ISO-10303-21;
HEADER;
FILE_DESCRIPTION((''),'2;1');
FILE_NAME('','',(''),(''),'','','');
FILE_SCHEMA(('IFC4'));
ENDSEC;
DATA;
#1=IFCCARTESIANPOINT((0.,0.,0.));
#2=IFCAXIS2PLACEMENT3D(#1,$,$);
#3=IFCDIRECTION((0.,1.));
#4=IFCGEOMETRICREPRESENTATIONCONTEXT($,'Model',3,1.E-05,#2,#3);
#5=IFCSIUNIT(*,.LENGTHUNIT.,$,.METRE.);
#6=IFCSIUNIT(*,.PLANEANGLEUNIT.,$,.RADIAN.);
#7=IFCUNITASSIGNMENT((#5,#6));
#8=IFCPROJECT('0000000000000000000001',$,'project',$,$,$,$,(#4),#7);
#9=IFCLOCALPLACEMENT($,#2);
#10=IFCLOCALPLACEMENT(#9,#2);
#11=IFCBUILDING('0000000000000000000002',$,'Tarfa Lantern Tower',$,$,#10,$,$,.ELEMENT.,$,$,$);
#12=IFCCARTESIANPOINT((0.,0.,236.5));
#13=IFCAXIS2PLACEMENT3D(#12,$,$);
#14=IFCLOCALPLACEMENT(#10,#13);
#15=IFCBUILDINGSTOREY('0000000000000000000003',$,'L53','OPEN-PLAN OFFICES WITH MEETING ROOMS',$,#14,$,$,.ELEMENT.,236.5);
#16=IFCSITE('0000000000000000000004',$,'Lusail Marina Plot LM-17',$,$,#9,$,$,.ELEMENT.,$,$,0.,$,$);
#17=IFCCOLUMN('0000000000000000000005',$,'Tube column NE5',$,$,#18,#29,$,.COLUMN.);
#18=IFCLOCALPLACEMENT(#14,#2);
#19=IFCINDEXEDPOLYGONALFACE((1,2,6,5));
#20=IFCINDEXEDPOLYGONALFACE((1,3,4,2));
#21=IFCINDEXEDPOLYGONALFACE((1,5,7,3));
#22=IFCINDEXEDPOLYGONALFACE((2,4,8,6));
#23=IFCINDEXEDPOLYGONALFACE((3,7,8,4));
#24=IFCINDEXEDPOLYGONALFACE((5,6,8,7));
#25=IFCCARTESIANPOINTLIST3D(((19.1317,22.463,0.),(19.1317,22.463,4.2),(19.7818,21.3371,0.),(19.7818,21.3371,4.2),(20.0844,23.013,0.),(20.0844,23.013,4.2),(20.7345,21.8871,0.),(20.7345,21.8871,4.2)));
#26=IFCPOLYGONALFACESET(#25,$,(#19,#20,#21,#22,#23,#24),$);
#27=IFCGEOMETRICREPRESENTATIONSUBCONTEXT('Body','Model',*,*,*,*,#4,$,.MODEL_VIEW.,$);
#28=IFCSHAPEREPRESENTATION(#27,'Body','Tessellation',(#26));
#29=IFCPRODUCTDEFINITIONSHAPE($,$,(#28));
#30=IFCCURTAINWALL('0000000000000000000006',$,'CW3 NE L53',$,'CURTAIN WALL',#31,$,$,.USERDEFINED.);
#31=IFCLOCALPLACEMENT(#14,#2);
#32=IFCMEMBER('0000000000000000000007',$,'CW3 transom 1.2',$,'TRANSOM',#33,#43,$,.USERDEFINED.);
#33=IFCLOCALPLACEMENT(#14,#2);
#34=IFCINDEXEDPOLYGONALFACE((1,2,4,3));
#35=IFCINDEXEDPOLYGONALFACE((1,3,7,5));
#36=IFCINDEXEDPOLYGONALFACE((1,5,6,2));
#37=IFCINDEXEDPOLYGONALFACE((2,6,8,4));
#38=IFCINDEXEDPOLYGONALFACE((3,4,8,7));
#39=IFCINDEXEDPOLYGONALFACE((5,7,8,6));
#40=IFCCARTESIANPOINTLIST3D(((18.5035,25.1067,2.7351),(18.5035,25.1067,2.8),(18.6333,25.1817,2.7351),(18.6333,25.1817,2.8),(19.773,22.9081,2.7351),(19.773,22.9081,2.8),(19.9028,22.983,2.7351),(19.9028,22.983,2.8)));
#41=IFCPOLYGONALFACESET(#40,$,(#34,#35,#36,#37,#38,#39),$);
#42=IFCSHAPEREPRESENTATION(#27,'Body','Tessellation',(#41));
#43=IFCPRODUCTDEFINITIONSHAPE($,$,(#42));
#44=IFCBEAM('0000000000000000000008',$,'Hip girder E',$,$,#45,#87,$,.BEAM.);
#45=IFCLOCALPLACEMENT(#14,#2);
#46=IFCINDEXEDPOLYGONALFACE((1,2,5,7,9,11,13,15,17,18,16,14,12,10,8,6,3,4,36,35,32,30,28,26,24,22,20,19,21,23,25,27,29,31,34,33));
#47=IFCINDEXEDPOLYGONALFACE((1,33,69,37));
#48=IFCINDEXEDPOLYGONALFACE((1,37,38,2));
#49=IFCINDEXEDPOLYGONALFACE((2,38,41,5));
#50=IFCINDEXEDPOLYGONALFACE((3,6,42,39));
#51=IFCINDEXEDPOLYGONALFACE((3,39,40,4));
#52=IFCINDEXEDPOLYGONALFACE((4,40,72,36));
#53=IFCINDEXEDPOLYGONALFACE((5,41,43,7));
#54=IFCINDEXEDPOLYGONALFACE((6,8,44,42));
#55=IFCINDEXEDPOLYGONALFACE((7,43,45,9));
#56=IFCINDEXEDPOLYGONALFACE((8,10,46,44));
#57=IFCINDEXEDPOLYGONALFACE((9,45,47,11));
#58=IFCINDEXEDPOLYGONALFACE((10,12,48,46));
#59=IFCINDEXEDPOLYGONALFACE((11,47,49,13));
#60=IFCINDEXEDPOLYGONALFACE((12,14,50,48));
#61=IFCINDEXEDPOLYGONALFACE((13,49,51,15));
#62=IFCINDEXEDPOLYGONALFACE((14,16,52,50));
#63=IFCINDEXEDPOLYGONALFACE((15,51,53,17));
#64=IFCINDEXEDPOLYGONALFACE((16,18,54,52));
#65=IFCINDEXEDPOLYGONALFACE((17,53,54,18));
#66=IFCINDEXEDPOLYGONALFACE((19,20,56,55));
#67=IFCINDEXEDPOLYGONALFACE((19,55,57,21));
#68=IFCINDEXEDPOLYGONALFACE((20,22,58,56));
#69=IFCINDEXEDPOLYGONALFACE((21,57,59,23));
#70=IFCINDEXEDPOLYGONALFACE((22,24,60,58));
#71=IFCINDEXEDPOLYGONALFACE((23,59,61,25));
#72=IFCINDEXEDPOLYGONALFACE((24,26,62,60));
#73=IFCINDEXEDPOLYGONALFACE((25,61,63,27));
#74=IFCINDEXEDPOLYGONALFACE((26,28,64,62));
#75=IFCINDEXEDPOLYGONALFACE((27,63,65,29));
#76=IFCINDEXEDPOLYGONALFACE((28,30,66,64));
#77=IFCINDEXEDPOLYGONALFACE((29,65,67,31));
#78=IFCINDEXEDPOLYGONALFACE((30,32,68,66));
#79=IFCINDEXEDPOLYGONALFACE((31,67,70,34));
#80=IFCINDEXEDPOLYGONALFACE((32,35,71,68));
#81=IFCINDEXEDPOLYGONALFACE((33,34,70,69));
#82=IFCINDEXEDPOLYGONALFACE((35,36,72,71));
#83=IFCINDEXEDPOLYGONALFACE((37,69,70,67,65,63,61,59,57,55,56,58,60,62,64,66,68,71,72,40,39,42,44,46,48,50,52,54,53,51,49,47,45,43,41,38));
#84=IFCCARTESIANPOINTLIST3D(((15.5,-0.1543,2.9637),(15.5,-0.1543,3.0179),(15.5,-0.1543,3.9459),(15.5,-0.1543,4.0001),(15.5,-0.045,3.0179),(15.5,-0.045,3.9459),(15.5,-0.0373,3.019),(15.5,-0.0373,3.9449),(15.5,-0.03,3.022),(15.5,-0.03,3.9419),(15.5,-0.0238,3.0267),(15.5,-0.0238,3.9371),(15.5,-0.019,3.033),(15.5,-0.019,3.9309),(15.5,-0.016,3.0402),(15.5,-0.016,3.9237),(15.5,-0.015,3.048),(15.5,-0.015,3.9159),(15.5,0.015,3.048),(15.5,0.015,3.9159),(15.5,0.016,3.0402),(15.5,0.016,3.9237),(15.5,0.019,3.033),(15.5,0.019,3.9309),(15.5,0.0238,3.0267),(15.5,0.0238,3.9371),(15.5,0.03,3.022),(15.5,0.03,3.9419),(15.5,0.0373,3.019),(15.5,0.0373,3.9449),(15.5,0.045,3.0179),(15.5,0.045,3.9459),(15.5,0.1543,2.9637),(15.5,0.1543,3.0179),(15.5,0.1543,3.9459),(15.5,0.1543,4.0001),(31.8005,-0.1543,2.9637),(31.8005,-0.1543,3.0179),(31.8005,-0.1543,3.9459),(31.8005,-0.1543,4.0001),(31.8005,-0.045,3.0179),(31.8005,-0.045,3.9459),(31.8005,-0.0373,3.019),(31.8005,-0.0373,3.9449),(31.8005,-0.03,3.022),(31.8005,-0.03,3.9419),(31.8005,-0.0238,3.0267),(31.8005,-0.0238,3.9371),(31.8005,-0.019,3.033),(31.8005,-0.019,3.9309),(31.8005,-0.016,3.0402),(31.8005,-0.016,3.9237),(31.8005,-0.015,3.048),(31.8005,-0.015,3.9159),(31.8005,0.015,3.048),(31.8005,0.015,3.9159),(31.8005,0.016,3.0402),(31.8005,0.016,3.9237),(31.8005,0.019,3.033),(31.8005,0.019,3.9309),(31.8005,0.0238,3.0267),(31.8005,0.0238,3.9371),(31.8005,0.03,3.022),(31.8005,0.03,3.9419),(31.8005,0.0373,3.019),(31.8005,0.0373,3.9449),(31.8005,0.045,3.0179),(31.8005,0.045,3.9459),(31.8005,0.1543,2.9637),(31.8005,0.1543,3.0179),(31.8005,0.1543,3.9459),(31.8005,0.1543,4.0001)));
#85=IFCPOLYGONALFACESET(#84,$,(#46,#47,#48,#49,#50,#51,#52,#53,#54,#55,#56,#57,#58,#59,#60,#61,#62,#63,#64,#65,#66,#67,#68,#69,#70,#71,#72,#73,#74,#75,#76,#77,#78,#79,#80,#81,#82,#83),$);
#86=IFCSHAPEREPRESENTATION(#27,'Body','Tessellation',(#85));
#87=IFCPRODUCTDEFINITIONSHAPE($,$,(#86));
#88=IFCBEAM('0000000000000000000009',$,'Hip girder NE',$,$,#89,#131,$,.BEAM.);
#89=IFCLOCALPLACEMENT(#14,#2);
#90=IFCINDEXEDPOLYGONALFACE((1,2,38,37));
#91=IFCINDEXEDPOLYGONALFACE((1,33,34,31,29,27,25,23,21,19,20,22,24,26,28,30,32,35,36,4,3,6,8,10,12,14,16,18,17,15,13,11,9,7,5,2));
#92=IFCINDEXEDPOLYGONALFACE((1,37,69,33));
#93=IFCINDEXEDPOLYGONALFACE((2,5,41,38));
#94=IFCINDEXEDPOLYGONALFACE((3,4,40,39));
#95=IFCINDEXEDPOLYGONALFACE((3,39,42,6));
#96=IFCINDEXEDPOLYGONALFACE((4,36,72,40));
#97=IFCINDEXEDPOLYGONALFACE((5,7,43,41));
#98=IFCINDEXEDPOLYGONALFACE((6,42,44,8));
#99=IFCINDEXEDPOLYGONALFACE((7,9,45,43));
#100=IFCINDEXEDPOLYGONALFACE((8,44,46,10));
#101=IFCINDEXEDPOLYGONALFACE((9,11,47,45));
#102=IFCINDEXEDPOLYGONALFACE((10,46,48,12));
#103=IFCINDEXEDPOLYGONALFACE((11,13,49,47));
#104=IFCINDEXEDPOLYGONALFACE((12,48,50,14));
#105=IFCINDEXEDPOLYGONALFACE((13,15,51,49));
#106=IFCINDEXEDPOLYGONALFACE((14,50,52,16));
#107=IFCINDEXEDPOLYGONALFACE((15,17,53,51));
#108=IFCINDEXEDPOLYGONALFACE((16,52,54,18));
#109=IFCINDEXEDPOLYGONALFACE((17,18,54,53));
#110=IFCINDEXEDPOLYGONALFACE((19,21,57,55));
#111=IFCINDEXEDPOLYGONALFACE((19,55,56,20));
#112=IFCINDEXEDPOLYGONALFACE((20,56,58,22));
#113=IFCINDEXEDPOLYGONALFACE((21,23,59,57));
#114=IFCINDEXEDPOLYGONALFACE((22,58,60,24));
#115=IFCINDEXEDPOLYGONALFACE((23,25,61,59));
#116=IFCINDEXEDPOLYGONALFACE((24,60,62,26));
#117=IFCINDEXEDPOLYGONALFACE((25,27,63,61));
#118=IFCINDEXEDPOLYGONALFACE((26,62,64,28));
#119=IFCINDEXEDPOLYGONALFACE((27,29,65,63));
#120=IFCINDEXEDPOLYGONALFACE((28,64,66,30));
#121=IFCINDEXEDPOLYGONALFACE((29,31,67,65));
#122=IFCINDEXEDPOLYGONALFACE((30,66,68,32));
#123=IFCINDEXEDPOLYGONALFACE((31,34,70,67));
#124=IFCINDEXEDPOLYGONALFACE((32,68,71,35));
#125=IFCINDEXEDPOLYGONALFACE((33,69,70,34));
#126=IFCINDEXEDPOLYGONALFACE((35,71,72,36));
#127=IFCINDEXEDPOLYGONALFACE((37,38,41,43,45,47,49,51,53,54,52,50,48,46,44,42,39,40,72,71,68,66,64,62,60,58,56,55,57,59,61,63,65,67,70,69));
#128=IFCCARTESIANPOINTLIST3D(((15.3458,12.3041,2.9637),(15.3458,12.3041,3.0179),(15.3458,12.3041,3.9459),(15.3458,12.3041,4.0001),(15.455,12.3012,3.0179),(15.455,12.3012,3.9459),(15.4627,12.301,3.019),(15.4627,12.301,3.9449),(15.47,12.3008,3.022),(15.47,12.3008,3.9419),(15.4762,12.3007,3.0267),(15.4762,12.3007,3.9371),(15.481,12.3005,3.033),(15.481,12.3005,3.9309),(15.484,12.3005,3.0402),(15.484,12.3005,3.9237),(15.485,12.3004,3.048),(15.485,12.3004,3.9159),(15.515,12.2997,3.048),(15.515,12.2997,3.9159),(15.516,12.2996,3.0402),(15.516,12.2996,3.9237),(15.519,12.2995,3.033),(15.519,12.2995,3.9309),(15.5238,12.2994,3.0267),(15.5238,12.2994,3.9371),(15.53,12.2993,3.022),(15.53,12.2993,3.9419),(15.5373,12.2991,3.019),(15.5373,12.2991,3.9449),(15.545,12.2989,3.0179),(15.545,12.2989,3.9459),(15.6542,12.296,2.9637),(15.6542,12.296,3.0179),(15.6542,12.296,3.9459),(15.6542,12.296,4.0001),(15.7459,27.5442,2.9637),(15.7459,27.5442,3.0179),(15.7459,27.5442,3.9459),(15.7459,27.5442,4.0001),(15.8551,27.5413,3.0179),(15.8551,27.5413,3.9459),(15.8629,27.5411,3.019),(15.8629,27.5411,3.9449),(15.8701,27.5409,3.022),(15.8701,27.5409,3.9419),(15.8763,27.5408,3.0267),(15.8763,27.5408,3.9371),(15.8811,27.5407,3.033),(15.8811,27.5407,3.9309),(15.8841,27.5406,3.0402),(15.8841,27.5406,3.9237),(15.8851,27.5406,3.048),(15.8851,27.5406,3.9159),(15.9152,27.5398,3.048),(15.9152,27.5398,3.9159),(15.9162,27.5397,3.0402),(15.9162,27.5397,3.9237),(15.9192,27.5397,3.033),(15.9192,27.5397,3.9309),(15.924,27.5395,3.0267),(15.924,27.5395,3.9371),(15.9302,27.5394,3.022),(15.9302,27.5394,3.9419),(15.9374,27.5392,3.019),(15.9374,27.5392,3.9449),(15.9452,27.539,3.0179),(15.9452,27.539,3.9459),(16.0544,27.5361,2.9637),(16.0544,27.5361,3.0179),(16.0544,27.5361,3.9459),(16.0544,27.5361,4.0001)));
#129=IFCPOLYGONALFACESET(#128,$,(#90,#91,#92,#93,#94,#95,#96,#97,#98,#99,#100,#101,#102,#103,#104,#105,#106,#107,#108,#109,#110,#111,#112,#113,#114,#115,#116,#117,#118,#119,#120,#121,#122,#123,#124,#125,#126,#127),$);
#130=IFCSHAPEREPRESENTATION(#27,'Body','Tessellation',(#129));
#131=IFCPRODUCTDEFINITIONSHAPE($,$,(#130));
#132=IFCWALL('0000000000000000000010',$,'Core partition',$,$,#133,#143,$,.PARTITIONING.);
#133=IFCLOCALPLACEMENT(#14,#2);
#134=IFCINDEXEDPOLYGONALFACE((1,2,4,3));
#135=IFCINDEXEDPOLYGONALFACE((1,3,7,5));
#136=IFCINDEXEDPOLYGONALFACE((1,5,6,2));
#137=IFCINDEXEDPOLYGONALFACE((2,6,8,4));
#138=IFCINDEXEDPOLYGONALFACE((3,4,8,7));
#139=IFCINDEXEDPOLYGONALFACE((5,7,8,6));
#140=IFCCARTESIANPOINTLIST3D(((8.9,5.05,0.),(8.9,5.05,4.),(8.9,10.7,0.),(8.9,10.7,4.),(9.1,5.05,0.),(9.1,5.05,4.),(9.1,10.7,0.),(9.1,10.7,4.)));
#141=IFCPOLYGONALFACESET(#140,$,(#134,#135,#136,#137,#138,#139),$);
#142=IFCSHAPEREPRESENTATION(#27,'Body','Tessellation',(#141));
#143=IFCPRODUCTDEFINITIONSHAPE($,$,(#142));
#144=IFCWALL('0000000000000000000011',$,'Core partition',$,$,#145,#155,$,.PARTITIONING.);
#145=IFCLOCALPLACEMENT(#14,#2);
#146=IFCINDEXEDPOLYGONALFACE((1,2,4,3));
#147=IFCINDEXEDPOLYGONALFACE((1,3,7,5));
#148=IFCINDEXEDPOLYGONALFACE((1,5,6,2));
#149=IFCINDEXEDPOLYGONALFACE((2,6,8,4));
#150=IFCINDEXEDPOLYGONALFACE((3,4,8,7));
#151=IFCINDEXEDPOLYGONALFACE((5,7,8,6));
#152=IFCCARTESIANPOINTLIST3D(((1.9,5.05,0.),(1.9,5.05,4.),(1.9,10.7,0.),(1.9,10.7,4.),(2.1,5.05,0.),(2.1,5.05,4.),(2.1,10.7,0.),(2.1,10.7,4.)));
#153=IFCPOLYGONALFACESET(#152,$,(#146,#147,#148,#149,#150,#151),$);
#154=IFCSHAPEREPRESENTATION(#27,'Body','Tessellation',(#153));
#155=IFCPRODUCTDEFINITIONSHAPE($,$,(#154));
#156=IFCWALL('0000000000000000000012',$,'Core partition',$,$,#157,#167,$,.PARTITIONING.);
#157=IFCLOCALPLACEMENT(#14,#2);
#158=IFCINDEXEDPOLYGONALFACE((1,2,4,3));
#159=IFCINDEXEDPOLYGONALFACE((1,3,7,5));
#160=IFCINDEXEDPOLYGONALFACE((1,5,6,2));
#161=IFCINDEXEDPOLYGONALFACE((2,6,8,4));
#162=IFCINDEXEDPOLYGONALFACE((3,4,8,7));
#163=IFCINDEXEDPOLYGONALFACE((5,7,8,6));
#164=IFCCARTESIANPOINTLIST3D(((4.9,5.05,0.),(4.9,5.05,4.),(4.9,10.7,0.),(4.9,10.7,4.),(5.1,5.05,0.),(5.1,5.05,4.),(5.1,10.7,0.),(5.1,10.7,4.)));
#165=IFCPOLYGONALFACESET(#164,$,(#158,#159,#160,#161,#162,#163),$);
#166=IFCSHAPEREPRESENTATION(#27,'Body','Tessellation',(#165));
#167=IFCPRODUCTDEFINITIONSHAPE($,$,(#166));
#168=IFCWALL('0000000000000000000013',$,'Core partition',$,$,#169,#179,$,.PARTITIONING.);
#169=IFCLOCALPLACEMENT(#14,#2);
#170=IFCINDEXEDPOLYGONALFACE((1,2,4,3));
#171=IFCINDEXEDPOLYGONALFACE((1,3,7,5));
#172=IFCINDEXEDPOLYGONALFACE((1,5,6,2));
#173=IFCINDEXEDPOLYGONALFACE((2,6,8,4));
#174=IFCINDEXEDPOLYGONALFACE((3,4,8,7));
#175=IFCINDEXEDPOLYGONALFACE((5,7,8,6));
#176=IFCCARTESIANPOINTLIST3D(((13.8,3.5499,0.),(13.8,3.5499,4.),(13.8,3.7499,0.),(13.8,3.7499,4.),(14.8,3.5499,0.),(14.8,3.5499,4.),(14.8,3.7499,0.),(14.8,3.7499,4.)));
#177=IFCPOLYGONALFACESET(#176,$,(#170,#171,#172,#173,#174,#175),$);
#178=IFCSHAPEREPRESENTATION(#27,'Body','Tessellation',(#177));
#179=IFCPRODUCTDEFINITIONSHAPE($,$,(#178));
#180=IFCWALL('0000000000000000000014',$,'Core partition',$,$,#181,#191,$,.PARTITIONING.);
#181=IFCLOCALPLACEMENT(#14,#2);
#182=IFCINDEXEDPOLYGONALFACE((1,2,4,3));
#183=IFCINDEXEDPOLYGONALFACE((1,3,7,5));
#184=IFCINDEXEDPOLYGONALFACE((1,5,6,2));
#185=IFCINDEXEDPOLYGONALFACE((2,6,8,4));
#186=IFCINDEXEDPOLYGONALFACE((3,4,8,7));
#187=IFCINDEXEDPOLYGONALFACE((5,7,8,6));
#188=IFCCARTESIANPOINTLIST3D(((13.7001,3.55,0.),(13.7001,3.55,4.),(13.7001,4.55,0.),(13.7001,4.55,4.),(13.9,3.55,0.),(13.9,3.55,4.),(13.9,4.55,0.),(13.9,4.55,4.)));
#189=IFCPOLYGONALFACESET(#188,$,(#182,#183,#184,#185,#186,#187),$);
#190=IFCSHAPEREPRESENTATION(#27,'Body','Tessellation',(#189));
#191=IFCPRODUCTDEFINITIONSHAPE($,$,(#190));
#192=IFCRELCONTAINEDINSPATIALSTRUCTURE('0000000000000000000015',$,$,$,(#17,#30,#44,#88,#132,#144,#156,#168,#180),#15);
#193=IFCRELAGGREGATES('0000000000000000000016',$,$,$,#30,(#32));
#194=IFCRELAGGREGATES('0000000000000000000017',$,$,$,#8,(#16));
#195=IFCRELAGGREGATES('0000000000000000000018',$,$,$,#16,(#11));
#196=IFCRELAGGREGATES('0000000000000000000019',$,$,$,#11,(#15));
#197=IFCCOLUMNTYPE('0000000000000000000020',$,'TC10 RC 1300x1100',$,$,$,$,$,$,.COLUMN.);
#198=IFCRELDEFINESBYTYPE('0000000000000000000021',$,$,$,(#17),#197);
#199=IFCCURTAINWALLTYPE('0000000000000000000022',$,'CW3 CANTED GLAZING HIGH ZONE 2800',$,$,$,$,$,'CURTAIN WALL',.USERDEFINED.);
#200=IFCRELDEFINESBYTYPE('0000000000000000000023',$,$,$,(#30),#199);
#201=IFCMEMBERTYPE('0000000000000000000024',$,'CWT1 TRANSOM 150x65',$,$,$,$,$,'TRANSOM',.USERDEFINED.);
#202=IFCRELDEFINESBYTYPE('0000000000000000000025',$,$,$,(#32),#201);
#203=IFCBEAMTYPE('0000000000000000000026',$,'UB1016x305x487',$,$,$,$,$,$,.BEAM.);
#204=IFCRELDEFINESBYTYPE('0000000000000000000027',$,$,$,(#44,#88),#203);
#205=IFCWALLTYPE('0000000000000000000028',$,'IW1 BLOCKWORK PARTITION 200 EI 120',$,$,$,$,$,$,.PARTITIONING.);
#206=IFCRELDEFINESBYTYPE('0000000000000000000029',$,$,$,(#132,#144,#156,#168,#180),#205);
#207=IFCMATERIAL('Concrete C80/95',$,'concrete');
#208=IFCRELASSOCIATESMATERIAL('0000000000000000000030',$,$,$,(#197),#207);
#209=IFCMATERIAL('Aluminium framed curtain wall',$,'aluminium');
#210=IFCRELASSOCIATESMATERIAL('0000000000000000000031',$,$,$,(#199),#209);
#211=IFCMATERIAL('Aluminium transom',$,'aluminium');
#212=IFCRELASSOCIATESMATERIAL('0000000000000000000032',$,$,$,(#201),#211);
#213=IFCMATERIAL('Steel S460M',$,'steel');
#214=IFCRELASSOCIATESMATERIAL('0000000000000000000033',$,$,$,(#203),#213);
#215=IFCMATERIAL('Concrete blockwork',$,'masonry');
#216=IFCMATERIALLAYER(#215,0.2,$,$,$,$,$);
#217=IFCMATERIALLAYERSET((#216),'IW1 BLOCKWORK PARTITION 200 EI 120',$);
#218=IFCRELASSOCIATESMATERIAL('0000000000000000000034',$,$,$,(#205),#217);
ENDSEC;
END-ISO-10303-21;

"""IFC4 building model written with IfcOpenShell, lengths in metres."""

from ifc_helpers import new_model, si_unit, direction, frame, frame_2d, origin, origin_2d, place, context, subcontext, project, spatial, rectangle, i_section, extrude, material, layer, layer_set, material_profile, profile_set, type_object, element, aggregate, save


model = new_model("IFC4")

# Units and contexts
model_context = context("Model", 3, precision=1e-05, world=origin(), true_north=direction((0.0, 1.0)))
body_context = subcontext(model_context, "Body", "Model", "MODEL_VIEW")
ifc_project = project(units=[si_unit("LENGTHUNIT", "METRE"), si_unit("PLANEANGLEUNIT", "RADIAN")], contexts=[model_context])

# Site, building, storey
site_placement = place(None, origin())
site = spatial("IfcSite", under=ifc_project, at=site_placement, Name="Lusail Marina Plot LM-17", CompositionType="ELEMENT", RefElevation=0.0)
building_placement = place(site_placement, origin())
building = spatial("IfcBuilding", under=site, at=building_placement, Name="Tarfa Lantern Tower", CompositionType="ELEMENT")
storey_placement = place(building_placement, frame((0.0, 0.0, 236.5)))
storey = spatial("IfcBuildingStorey", under=building, at=storey_placement, Name="L53", Description="OPEN-PLAN OFFICES WITH MEETING ROOMS", CompositionType="ELEMENT", Elevation=236.5)

# Column
ifc_material_1 = material(Name="Concrete C80/95", Category="concrete")
ifc_material_profile_1 = material_profile(ifc_material_1, rectangle(XDim=1.3, YDim=1.1001, at=origin_2d()), Name="RC 1300x1100")
ifc_profile_set_1 = profile_set([ifc_material_profile_1], Name="Concrete C80/95")
column_type = type_object("IfcColumnType", Name="TC10 RC 1300x1100", PredefinedType="COLUMN", material=ifc_profile_set_1)
column_placement = place(storey_placement, frame((19.9331, 22.175, 0.0), z_axis=(0.0, 0.0, 1.0), x_axis=(-0.5, 0.866025, 0.0)))
element("IfcColumn", 1, at=column_placement, inside=storey, type_object=column_type, Name="Tube column NE5", PredefinedType="COLUMN", context=body_context, shape_type="SweptSolid", body=[
    extrude(rectangle(XDim=1.3, YDim=1.1001, at=origin_2d()), origin(), (0.0, 0.0, 1.0), 4.2),
])

# Curtain wall, member
ifc_material_2 = material(Name="Aluminium framed curtain wall", Category="aluminium")
curtain_wall_type = type_object("IfcCurtainWallType", Name="CW3 CANTED GLAZING HIGH ZONE 2800", ElementType="CURTAIN WALL", PredefinedType="USERDEFINED", material=ifc_material_2)
curtain_wall_placement = place(storey_placement, origin())
curtain_wall = element("IfcCurtainWall", 2, at=curtain_wall_placement, inside=storey, type_object=curtain_wall_type, Name="CW3 NE L53", ObjectType="CURTAIN WALL", PredefinedType="USERDEFINED")
ifc_material_3 = material(Name="Aluminium transom", Category="aluminium")
ifc_material_profile_2 = material_profile(ifc_material_3, rectangle(XDim=0.1499, YDim=0.0649, at=origin_2d()), Name="AL TRANSOM 150x65")
ifc_profile_set_2 = profile_set([ifc_material_profile_2], Name="Aluminium transom")
member_type = type_object("IfcMemberType", Name="CWT1 TRANSOM 150x65", ElementType="TRANSOM", PredefinedType="USERDEFINED", material=ifc_profile_set_2)
member_placement = place(storey_placement, frame((19.8379, 22.9456, 2.7676), z_axis=(-0.500028, 0.866009, 0.0), x_axis=(-0.866009, -0.500028, 0.0)))
member = element("IfcMember", 3, at=member_placement, type_object=member_type, Name="CW3 transom 1.2", ObjectType="TRANSOM", PredefinedType="USERDEFINED", context=body_context, shape_type="SweptSolid", body=[
    extrude(rectangle(XDim=0.1499, YDim=0.0649, at=origin_2d()), origin(), (0.0, 0.0, 1.0), 2.5388),
])
aggregate(curtain_wall, [member])

# Beams
ifc_material_4 = material(Name="Steel S460M", Category="steel")
ifc_material_profile_3 = material_profile(ifc_material_4, i_section(OverallWidth=0.3086, OverallDepth=1.0364, WebThickness=0.03, FlangeThickness=0.0542, FilletRadius=0.03, at=origin_2d()), Name="UB1016x305x487")
ifc_profile_set_3 = profile_set([ifc_material_profile_3], Name="Steel S460M")
beam_type = type_object("IfcBeamType", Name="UB1016x305x487", PredefinedType="BEAM", material=ifc_profile_set_3)
beam_1_placement = place(storey_placement, frame((15.5, 0.0, 3.4819), z_axis=(1.0, 0.0, 0.0), x_axis=(0.0, 1.0, 0.0)))
element("IfcBeam", 4, at=beam_1_placement, inside=storey, type_object=beam_type, Name="Hip girder E", PredefinedType="BEAM", context=body_context, shape_type="SweptSolid", body=[
    extrude(i_section(OverallWidth=0.3086, OverallDepth=1.0364, WebThickness=0.03, FlangeThickness=0.0542, FilletRadius=0.03, at=origin_2d()), origin(), (0.0, 0.0, 1.0), 16.3005),
])
beam_2_placement = place(storey_placement, frame((15.5, 12.3, 3.4819), z_axis=(0.026247, 0.999655, 0.0), x_axis=(-0.999655, 0.026247, 0.0)))
element("IfcBeam", 5, at=beam_2_placement, inside=storey, type_object=beam_type, Name="Hip girder NE", PredefinedType="BEAM", context=body_context, shape_type="SweptSolid", body=[
    extrude(i_section(OverallWidth=0.3086, OverallDepth=1.0364, WebThickness=0.03, FlangeThickness=0.0542, FilletRadius=0.03, at=origin_2d()), origin(), (0.0, 0.0, 1.0), 15.2454),
])

# Walls
ifc_material_5 = material(Name="Concrete blockwork", Category="masonry")
ifc_layer_1 = layer(ifc_material_5, 0.2)
ifc_layer_set_1 = layer_set([ifc_layer_1], Name="IW1 BLOCKWORK PARTITION 200 EI 120")
wall_type_1 = type_object("IfcWallType", Name="IW1 BLOCKWORK PARTITION 200 EI 120", PredefinedType="PARTITIONING", material=ifc_layer_set_1)
for number, where, z_axis, x_axis, name in (
    (6, (9.0, 5.05, 0.0), (0.0, 0.0, 1.0), (0.0, 1.0, 0.0), "Core partition"),
    (7, (2.0, 5.05, 0.0), (0.0, 0.0, 1.0), (0.0, 1.0, 0.0), "Core partition"),
    (8, (5.0, 5.05, 0.0), (0.0, 0.0, 1.0), (0.0, 1.0, 0.0), "Core partition"),
):
    element("IfcWall", number, at=place(storey_placement, frame(where, z_axis=z_axis, x_axis=x_axis)), inside=storey, type_object=wall_type_1, Name=name, PredefinedType="PARTITIONING", context=body_context, shape_type="SweptSolid", body=[
        extrude(rectangle(XDim=5.6499, YDim=0.2, at=frame_2d((2.825, 0.0))), origin(), (0.0, 0.0, 1.0), 4.0),
    ])
for number, where, z_axis, x_axis, name in (
    (9, (13.8, 3.6499, 0.0), (0.0, 0.0, 1.0), (1.0, 0.0, 0.0), "Core partition"),
    (10, (13.8, 3.55, 0.0), (0.0, 0.0, 1.0), (0.0, 1.0, 0.0), "Core partition"),
):
    element("IfcWall", number, at=place(storey_placement, frame(where, z_axis=z_axis, x_axis=x_axis)), inside=storey, type_object=wall_type_1, Name=name, PredefinedType="PARTITIONING", context=body_context, shape_type="SweptSolid", body=[
        extrude(rectangle(XDim=1.0, YDim=0.2, at=frame_2d((0.5, 0.0))), origin(), (0.0, 0.0, 1.0), 4.0),
    ])

save(model, "model.ifc")
